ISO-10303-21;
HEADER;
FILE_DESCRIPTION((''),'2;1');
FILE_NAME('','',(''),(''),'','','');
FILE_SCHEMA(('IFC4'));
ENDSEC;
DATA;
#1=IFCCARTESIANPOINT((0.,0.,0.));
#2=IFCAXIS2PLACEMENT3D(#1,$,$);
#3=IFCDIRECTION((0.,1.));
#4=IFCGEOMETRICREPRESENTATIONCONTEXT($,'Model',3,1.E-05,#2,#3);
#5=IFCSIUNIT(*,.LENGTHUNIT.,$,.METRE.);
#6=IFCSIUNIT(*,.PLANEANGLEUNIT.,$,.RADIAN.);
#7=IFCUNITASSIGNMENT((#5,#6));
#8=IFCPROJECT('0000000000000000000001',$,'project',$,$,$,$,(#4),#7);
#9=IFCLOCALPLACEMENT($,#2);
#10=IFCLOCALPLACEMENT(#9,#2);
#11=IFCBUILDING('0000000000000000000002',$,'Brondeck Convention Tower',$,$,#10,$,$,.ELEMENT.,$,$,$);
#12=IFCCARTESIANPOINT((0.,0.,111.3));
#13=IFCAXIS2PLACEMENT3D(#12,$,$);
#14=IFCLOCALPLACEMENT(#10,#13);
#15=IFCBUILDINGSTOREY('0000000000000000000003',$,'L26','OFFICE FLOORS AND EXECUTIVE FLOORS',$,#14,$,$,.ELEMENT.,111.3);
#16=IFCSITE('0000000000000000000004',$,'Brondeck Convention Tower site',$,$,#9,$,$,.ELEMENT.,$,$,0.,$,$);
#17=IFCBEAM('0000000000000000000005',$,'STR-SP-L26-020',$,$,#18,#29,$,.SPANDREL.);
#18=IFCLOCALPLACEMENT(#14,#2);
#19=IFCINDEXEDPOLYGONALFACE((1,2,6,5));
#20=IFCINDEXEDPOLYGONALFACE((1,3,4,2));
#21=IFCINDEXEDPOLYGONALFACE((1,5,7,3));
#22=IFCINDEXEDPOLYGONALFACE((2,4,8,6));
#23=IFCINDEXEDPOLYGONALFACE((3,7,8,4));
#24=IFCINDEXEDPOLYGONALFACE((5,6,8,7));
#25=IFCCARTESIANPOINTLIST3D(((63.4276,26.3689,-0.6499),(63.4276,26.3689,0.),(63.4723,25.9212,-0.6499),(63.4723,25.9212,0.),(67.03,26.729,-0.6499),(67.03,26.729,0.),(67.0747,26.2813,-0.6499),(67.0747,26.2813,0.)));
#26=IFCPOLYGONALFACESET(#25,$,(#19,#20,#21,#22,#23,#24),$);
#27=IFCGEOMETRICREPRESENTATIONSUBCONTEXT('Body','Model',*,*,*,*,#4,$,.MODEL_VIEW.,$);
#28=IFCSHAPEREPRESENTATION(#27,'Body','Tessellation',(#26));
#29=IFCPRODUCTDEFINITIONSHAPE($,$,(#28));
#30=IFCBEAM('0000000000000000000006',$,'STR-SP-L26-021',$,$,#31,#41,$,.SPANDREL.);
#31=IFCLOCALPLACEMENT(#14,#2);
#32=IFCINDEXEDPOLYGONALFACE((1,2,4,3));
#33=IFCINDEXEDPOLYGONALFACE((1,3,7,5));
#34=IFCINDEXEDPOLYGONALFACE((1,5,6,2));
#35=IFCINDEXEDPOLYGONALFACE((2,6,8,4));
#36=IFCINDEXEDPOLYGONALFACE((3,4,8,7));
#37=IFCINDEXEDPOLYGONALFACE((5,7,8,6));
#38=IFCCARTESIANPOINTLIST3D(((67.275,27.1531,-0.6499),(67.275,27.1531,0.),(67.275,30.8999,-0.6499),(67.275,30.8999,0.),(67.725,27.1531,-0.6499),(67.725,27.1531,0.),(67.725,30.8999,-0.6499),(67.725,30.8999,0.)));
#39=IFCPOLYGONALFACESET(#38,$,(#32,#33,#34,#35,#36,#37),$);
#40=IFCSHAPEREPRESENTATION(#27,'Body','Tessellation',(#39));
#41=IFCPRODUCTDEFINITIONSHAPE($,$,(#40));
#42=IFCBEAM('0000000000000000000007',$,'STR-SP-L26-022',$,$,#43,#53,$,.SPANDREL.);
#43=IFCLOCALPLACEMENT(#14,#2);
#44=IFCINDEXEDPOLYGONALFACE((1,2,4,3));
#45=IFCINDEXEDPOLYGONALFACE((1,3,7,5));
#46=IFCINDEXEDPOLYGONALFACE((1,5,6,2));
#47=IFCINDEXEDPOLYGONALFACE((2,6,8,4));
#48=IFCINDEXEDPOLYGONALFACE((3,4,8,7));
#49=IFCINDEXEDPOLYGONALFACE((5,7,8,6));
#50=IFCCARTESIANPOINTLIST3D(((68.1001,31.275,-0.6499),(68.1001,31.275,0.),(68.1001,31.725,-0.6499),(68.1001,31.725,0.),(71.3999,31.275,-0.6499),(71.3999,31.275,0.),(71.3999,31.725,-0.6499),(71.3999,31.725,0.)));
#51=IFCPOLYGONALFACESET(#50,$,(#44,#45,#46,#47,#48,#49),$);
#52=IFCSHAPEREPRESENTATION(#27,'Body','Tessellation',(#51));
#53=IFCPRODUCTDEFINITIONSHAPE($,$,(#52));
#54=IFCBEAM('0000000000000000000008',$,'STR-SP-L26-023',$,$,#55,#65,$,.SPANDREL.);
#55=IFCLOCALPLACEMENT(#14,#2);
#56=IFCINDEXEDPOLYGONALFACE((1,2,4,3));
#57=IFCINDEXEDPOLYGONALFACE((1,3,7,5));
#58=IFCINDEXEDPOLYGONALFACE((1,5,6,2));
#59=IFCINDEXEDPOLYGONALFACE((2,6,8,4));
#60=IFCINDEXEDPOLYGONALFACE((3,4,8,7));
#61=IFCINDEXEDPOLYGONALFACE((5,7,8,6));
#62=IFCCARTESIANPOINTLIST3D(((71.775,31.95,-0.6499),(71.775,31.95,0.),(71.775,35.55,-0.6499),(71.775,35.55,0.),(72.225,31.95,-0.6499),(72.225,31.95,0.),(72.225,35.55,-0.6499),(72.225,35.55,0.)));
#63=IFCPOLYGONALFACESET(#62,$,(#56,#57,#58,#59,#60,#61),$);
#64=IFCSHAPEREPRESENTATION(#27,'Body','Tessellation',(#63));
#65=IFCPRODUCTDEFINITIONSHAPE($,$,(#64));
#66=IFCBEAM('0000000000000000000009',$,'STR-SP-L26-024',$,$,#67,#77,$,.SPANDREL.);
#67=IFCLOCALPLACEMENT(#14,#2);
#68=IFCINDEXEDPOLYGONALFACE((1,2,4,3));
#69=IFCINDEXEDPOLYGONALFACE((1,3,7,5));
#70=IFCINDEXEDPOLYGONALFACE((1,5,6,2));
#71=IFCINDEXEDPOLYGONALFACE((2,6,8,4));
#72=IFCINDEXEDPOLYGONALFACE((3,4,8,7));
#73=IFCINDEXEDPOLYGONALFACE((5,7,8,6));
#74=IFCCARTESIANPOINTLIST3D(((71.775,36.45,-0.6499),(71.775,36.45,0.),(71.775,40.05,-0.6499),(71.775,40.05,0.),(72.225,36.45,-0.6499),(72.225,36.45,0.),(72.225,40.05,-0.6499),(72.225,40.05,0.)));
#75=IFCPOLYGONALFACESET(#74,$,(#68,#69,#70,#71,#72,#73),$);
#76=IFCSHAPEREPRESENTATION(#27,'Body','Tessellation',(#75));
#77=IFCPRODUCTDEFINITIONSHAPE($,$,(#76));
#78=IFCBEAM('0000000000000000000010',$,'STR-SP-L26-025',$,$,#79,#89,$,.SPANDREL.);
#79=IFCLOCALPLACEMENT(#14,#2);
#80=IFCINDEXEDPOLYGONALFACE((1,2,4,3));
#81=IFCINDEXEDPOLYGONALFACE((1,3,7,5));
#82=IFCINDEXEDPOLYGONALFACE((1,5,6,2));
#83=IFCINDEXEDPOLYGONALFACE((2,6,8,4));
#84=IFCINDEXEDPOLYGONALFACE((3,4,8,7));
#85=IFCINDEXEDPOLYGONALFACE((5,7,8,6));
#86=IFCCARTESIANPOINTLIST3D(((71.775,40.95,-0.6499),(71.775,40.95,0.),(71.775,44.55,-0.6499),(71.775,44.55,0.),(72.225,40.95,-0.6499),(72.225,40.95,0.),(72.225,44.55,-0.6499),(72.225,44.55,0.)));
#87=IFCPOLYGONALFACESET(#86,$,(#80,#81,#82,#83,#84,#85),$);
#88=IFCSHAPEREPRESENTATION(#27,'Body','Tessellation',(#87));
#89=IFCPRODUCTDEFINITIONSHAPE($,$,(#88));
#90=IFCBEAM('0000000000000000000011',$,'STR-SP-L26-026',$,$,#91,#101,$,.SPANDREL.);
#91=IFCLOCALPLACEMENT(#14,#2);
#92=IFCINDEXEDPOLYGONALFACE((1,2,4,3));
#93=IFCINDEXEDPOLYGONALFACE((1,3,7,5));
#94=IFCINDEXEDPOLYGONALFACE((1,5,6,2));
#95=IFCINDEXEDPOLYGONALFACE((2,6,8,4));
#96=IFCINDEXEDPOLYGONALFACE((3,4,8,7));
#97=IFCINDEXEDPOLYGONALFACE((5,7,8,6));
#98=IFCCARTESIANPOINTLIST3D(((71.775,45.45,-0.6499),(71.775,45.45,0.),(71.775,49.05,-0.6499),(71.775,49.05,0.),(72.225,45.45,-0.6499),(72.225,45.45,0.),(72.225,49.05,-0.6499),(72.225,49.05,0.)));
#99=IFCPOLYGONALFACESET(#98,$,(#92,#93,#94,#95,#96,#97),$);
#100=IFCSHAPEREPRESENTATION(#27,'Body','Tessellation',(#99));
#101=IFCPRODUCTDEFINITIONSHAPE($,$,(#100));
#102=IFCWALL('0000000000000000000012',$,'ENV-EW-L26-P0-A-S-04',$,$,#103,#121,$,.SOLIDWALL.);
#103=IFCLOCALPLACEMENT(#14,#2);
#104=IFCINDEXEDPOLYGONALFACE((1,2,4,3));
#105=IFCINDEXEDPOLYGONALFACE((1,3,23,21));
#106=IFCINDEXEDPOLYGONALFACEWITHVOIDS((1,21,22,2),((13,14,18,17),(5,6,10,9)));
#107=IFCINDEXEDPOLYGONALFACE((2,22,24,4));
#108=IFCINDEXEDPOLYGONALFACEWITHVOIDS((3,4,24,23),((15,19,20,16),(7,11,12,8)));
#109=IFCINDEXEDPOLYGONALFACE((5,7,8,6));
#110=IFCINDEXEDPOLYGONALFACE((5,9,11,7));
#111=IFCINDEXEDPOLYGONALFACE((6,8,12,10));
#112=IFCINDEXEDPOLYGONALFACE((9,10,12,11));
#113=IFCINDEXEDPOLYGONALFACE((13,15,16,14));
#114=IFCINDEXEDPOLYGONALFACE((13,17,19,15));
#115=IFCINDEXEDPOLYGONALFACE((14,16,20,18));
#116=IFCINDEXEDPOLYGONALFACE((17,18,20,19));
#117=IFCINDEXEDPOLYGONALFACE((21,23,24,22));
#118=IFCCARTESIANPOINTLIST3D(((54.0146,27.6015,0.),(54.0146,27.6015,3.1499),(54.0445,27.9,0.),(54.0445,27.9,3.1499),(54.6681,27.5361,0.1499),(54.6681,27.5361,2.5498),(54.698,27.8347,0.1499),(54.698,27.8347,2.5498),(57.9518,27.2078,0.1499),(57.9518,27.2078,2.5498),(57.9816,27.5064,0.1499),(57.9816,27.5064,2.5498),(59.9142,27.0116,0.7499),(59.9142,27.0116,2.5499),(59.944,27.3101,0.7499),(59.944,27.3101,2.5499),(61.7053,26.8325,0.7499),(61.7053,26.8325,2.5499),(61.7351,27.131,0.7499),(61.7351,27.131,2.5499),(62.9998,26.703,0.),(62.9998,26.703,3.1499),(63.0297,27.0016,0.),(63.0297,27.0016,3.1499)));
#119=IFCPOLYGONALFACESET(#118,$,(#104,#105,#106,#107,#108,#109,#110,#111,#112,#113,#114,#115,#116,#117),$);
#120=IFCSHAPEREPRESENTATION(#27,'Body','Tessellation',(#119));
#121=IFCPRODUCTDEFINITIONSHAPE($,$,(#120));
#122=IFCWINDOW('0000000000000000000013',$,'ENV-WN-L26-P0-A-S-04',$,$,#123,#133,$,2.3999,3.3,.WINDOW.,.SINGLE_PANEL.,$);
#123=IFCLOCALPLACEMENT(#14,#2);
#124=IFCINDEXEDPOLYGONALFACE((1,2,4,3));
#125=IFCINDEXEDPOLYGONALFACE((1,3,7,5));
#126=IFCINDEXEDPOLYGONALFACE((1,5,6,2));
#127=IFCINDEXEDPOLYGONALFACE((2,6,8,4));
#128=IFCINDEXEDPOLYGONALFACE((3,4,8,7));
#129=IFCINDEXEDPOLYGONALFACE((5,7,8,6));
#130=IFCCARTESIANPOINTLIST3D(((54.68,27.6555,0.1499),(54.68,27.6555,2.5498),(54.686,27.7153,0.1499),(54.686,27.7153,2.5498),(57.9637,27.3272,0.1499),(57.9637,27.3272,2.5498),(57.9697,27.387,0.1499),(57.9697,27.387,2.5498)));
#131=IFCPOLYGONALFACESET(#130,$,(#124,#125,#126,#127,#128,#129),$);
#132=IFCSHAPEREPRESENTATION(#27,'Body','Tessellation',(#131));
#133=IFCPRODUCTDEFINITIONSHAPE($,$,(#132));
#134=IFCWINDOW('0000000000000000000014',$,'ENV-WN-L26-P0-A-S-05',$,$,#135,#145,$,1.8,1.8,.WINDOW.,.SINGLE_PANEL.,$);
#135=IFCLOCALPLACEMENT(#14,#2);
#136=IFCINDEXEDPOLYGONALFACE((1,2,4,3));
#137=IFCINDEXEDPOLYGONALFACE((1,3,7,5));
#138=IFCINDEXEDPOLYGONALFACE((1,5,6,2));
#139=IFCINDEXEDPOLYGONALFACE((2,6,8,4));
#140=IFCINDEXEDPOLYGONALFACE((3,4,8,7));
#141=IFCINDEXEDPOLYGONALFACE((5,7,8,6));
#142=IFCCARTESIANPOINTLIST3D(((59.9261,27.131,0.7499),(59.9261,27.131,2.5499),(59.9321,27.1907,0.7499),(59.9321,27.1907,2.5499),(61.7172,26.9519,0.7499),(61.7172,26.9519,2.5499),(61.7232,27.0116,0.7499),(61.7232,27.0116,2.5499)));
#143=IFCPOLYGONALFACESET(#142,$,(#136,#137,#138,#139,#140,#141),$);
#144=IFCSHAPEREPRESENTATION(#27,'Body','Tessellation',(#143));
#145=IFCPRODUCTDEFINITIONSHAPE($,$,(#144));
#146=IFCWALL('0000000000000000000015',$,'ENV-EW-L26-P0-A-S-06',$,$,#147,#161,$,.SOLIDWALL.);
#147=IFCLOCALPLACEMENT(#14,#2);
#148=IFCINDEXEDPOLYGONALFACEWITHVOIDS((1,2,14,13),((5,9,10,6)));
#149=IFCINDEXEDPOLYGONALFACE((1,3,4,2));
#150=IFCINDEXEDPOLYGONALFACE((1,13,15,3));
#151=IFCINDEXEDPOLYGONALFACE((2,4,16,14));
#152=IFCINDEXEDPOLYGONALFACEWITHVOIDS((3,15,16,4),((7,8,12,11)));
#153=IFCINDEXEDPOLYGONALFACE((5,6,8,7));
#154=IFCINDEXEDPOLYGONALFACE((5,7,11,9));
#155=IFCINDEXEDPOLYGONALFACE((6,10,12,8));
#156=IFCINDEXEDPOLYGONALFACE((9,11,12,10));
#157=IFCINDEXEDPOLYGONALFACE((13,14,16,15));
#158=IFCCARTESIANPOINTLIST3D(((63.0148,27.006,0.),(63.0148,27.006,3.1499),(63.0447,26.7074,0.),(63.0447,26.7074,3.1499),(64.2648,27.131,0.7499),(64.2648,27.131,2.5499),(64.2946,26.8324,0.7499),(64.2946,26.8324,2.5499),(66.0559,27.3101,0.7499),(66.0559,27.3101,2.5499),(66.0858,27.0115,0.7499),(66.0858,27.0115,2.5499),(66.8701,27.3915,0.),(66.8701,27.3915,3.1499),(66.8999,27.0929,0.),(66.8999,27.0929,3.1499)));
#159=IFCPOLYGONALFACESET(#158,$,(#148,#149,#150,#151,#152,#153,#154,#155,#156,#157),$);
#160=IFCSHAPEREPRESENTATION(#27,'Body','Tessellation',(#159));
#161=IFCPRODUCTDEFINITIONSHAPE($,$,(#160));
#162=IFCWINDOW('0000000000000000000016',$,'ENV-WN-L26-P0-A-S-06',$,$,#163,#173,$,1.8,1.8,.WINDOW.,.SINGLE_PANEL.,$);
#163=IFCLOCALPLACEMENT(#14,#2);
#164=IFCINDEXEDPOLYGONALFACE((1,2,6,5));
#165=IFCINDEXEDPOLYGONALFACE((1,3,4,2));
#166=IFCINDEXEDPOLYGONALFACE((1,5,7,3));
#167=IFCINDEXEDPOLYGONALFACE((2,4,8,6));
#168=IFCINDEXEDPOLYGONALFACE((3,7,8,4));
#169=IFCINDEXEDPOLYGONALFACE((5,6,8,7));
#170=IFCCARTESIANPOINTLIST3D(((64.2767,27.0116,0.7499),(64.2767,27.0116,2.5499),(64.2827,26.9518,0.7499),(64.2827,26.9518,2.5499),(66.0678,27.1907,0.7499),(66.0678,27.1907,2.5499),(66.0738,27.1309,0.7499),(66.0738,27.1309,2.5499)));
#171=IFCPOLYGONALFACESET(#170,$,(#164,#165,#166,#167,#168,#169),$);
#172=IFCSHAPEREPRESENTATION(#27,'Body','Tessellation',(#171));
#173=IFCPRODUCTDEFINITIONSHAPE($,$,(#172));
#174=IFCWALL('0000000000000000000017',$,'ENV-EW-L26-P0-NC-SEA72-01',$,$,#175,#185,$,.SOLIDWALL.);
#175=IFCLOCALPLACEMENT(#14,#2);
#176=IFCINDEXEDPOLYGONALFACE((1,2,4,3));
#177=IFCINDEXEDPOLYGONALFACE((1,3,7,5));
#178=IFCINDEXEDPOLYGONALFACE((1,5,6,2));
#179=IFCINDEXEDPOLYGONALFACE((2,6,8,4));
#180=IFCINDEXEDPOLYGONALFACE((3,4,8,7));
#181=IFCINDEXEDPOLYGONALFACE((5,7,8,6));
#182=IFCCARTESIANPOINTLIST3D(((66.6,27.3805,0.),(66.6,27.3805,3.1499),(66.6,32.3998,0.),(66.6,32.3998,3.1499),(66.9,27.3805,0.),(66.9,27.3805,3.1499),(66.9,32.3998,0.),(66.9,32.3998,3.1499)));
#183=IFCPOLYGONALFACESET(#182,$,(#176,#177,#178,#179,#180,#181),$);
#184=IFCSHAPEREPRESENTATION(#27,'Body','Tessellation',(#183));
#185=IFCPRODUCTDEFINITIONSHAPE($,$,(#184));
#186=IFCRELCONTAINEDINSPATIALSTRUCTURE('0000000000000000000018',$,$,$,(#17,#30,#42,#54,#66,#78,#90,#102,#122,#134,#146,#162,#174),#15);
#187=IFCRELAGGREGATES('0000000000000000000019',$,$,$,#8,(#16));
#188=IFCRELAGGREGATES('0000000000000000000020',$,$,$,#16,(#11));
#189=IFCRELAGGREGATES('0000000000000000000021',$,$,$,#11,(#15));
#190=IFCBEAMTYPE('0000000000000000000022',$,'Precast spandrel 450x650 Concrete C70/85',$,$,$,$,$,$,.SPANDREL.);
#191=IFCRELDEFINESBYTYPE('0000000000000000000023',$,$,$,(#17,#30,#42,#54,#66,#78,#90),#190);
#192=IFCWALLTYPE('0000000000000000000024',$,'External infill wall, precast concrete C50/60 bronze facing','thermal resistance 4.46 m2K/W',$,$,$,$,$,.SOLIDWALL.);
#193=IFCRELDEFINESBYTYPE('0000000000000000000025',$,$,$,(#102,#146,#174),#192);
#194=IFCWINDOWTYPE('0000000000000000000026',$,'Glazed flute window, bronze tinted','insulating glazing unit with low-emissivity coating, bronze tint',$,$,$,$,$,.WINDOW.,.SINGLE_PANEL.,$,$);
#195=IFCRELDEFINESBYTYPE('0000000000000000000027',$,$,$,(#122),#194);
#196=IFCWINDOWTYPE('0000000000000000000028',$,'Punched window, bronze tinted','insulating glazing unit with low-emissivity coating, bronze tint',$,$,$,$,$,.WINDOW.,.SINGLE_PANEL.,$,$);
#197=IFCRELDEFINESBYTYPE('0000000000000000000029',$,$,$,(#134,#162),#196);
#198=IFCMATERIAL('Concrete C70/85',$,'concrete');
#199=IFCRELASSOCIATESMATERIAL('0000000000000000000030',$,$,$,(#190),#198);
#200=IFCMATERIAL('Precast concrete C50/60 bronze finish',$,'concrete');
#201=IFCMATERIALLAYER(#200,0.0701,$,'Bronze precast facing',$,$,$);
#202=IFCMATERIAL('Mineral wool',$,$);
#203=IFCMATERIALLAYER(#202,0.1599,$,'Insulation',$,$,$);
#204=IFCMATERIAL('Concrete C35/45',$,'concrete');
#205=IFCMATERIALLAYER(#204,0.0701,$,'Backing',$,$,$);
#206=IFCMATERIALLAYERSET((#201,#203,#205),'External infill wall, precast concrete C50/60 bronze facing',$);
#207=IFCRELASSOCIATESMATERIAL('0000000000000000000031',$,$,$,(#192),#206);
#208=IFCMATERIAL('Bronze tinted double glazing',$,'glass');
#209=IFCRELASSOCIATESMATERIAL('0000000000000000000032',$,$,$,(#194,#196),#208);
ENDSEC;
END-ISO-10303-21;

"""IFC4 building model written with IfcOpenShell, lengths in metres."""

from ifc_helpers import new_model, si_unit, direction, frame, frame_2d, origin, origin_2d, place, context, subcontext, project, spatial, rectangle, extrude, material, layer, layer_set, material_profile, profile_set, type_object, element, fill, save


model = new_model("IFC4")

# Units and contexts
model_context = context("Model", 3, precision=1e-05, world=origin(), true_north=direction((0.0, 1.0)))
body_context = subcontext(model_context, "Body", "Model", "MODEL_VIEW")
ifc_project = project(units=[si_unit("LENGTHUNIT", "METRE"), si_unit("PLANEANGLEUNIT", "RADIAN")], contexts=[model_context])

# Site, building, storey
site_placement = place(None, origin())
site = spatial("IfcSite", under=ifc_project, at=site_placement, Name="Brondeck Convention Tower site", CompositionType="ELEMENT", RefElevation=0.0)
building_placement = place(site_placement, origin())
building = spatial("IfcBuilding", under=site, at=building_placement, Name="Brondeck Convention Tower", CompositionType="ELEMENT")
storey_placement = place(building_placement, frame((0.0, 0.0, 111.3)))
storey = spatial("IfcBuildingStorey", under=building, at=storey_placement, Name="L26", Description="OFFICE FLOORS AND EXECUTIVE FLOORS", CompositionType="ELEMENT", Elevation=111.3)

# Shared definitions
ifc_material_1 = material(Name="Concrete C70/85", Category="concrete")

# Beams
ifc_material_profile_1 = material_profile(ifc_material_1, rectangle(XDim=0.45, YDim=0.6499, at=origin_2d()), Name="Precast spandrel 450x650 Concrete C70/85")
ifc_profile_set_1 = profile_set([ifc_material_profile_1], Name="Concrete C70/85")
beam_type_1 = type_object("IfcBeamType", Name="Precast spandrel 450x650 Concrete C70/85", PredefinedType="SPANDREL", material=ifc_profile_set_1)
beam_1_placement = place(storey_placement, frame((63.45, 26.145, -0.325), z_axis=(0.995041, 0.09947, 0.0), x_axis=(-0.09947, 0.995041, 0.0)))
element("IfcBeam", 1, at=beam_1_placement, inside=storey, type_object=beam_type_1, Name="STR-SP-L26-020", PredefinedType="SPANDREL", context=body_context, shape_type="SweptSolid", body=[
    extrude(rectangle(XDim=0.45, YDim=0.6499, at=origin_2d()), origin(), (0.0, 0.0, 1.0), 3.6204),
])
beam_2_placement = place(storey_placement, frame((67.5, 27.1531, -0.325), z_axis=(0.0, 1.0, 0.0), x_axis=(-1.0, 0.0, 0.0)))
element("IfcBeam", 2, at=beam_2_placement, inside=storey, type_object=beam_type_1, Name="STR-SP-L26-021", PredefinedType="SPANDREL", context=body_context, shape_type="SweptSolid", body=[
    extrude(rectangle(XDim=0.45, YDim=0.6499, at=origin_2d()), origin(), (0.0, 0.0, 1.0), 3.7468),
])
beam_3_placement = place(storey_placement, frame((68.1001, 31.5, -0.325), z_axis=(1.0, 0.0, 0.0), x_axis=(0.0, 1.0, 0.0)))
element("IfcBeam", 3, at=beam_3_placement, inside=storey, type_object=beam_type_1, Name="STR-SP-L26-022", PredefinedType="SPANDREL", context=body_context, shape_type="SweptSolid", body=[
    extrude(rectangle(XDim=0.45, YDim=0.6499, at=origin_2d()), origin(), (0.0, 0.0, 1.0), 3.2998),
])
for number, where, z_axis, x_axis, name in (
    (4, (72.0, 31.95, -0.325), (0.0, 1.0, 0.0), (-1.0, 0.0, 0.0), "STR-SP-L26-023"),
    (5, (72.0, 36.45, -0.325), (0.0, 1.0, 0.0), (-1.0, 0.0, 0.0), "STR-SP-L26-024"),
    (6, (72.0, 40.95, -0.325), (0.0, 1.0, 0.0), (-1.0, 0.0, 0.0), "STR-SP-L26-025"),
    (7, (72.0, 45.45, -0.325), (0.0, 1.0, 0.0), (-1.0, 0.0, 0.0), "STR-SP-L26-026"),
):
    element("IfcBeam", number, at=place(storey_placement, frame(where, z_axis=z_axis, x_axis=x_axis)), inside=storey, type_object=beam_type_1, Name=name, PredefinedType="SPANDREL", context=body_context, shape_type="SweptSolid", body=[
        extrude(rectangle(XDim=0.45, YDim=0.6499, at=origin_2d()), origin(), (0.0, 0.0, 1.0), 3.6001),
    ])

# Wall, openings, windows
ifc_material_2 = material(Name="Precast concrete C50/60 bronze finish", Category="concrete")
ifc_layer_1 = layer(ifc_material_2, 0.0701, Name="Bronze precast facing")
ifc_material_3 = material(Name="Mineral wool")
ifc_layer_2 = layer(ifc_material_3, 0.1599, Name="Insulation")
ifc_material_4 = material(Name="Concrete C35/45", Category="concrete")
ifc_layer_3 = layer(ifc_material_4, 0.0701, Name="Backing")
ifc_layer_set_1 = layer_set([ifc_layer_1, ifc_layer_2, ifc_layer_3], Name="External infill wall, precast concrete C50/60 bronze facing")
wall_type_1 = type_object("IfcWallType", Name="External infill wall, precast concrete C50/60 bronze facing", Description="thermal resistance 4.46 m2K/W", PredefinedType="SOLIDWALL", material=ifc_layer_set_1)
wall_1_placement = place(storey_placement, frame((63.0149, 26.8523, 0.0), z_axis=(0.0, 0.0, 1.0), x_axis=(-0.995038, 0.099496, 0.0)))
wall_1 = element("IfcWall", 8, at=wall_1_placement, inside=storey, type_object=wall_type_1, Name="ENV-EW-L26-P0-A-S-04", PredefinedType="SOLIDWALL", context=body_context, shape_type="SweptSolid", body=[
    extrude(rectangle(XDim=9.03, YDim=0.3, at=frame_2d((4.5151, 0.0))), origin(), (0.0, 0.0, 1.0), 3.1499),
])
opening_1_placement = place(wall_1_placement, frame((1.3013, 0.0, 0.75)))
opening_1 = element("IfcOpeningElement", 9, at=opening_1_placement, cuts=wall_1, PredefinedType="OPENING", context=body_context, shape_type="SweptSolid", body=[
    extrude(rectangle(XDim=1.8, YDim=1.8, at=frame_2d((0.8999, 0.8999))), frame((0.0, 0.1599, 0.0), z_axis=(0.0, -1.0, 0.0), x_axis=(1.0, 0.0, 0.0)), (0.0, 0.0, 1.0), 0.3201),
])
opening_2_placement = place(wall_1_placement, frame((5.0735, 0.0, 0.1499)))
opening_2 = element("IfcOpeningElement", 10, at=opening_2_placement, cuts=wall_1, PredefinedType="OPENING", context=body_context, shape_type="SweptSolid", body=[
    extrude(rectangle(XDim=3.3, YDim=2.3999, at=frame_2d((1.6499, 1.2))), frame((0.0, 0.1599, 0.0), z_axis=(0.0, -1.0, 0.0), x_axis=(1.0, 0.0, 0.0)), (0.0, 0.0, 1.0), 0.3201),
])
ifc_material_5 = material(Name="Bronze tinted double glazing", Category="glass")
window_type_1 = type_object("IfcWindowType", Name="Glazed flute window, bronze tinted", Description="insulating glazing unit with low-emissivity coating, bronze tint", PartitioningType="SINGLE_PANEL", PredefinedType="WINDOW", material=ifc_material_5)
window_1_placement = place(opening_2_placement, origin())
window_1 = element("IfcWindow", 11, at=window_1_placement, inside=storey, type_object=window_type_1, Name="ENV-WN-L26-P0-A-S-04", OverallHeight=2.3999, OverallWidth=3.3, PartitioningType="SINGLE_PANEL", PredefinedType="WINDOW", context=body_context, shape_type="SweptSolid", body=[
    extrude(rectangle(XDim=3.3, YDim=2.3999, at=frame_2d((1.6499, 1.2))), frame((0.0, 0.03, 0.0), z_axis=(0.0, -1.0, 0.0), x_axis=(1.0, 0.0, 0.0)), (0.0, 0.0, 1.0), 0.0601),
])
fill(opening_2, window_1)
window_type_2 = type_object("IfcWindowType", Name="Punched window, bronze tinted", Description="insulating glazing unit with low-emissivity coating, bronze tint", PartitioningType="SINGLE_PANEL", PredefinedType="WINDOW", material=ifc_material_5)
window_2_placement = place(opening_1_placement, origin())
window_2 = element("IfcWindow", 12, at=window_2_placement, inside=storey, type_object=window_type_2, Name="ENV-WN-L26-P0-A-S-05", OverallHeight=1.8, OverallWidth=1.8, PartitioningType="SINGLE_PANEL", PredefinedType="WINDOW", context=body_context, shape_type="SweptSolid", body=[
    extrude(rectangle(XDim=1.8, YDim=1.8, at=frame_2d((0.8999, 0.8999))), frame((0.0, 0.03, 0.0), z_axis=(0.0, -1.0, 0.0), x_axis=(1.0, 0.0, 0.0)), (0.0, 0.0, 1.0), 0.0601),
])
fill(opening_1, window_2)

# Wall, opening, window
wall_2_placement = place(storey_placement, frame((66.885, 27.2422, 0.0), z_axis=(0.0, 0.0, 1.0), x_axis=(-0.995038, -0.099497, 0.0)))
wall_2 = element("IfcWall", 13, at=wall_2_placement, inside=storey, type_object=wall_type_1, Name="ENV-EW-L26-P0-A-S-06", PredefinedType="SOLIDWALL", context=body_context, shape_type="SweptSolid", body=[
    extrude(rectangle(XDim=3.8745, YDim=0.3, at=frame_2d((1.9373, 0.0))), origin(), (0.0, 0.0, 1.0), 3.1499),
])
opening_3_placement = place(wall_2_placement, frame((0.8184, 0.0, 0.75)))
opening_3 = element("IfcOpeningElement", 14, at=opening_3_placement, cuts=wall_2, PredefinedType="OPENING", context=body_context, shape_type="SweptSolid", body=[
    extrude(rectangle(XDim=1.8, YDim=1.8, at=frame_2d((0.8999, 0.8999))), frame((0.0, 0.1599, 0.0), z_axis=(0.0, -1.0, 0.0), x_axis=(1.0, 0.0, 0.0)), (0.0, 0.0, 1.0), 0.3201),
])
window_3_placement = place(opening_3_placement, origin())
window_3 = element("IfcWindow", 15, at=window_3_placement, inside=storey, type_object=window_type_2, Name="ENV-WN-L26-P0-A-S-06", OverallHeight=1.8, OverallWidth=1.8, PartitioningType="SINGLE_PANEL", PredefinedType="WINDOW", context=body_context, shape_type="SweptSolid", body=[
    extrude(rectangle(XDim=1.8, YDim=1.8, at=frame_2d((0.8999, 0.8999))), frame((0.0, 0.03, 0.0), z_axis=(0.0, -1.0, 0.0), x_axis=(1.0, 0.0, 0.0)), (0.0, 0.0, 1.0), 0.0601),
])
fill(opening_3, window_3)

# Wall
wall_3_placement = place(storey_placement, frame((66.75, 32.3999, 0.0), z_axis=(0.0, 0.0, 1.0), x_axis=(0.0, -1.0, 0.0)))
element("IfcWall", 16, at=wall_3_placement, inside=storey, type_object=wall_type_1, Name="ENV-EW-L26-P0-NC-SEA72-01", PredefinedType="SOLIDWALL", context=body_context, shape_type="SweptSolid", body=[
    extrude(rectangle(XDim=5.0193, YDim=0.3, at=frame_2d((2.5098, 0.0))), origin(), (0.0, 0.0, 1.0), 3.1499),
])

save(model, "model.ifc")
